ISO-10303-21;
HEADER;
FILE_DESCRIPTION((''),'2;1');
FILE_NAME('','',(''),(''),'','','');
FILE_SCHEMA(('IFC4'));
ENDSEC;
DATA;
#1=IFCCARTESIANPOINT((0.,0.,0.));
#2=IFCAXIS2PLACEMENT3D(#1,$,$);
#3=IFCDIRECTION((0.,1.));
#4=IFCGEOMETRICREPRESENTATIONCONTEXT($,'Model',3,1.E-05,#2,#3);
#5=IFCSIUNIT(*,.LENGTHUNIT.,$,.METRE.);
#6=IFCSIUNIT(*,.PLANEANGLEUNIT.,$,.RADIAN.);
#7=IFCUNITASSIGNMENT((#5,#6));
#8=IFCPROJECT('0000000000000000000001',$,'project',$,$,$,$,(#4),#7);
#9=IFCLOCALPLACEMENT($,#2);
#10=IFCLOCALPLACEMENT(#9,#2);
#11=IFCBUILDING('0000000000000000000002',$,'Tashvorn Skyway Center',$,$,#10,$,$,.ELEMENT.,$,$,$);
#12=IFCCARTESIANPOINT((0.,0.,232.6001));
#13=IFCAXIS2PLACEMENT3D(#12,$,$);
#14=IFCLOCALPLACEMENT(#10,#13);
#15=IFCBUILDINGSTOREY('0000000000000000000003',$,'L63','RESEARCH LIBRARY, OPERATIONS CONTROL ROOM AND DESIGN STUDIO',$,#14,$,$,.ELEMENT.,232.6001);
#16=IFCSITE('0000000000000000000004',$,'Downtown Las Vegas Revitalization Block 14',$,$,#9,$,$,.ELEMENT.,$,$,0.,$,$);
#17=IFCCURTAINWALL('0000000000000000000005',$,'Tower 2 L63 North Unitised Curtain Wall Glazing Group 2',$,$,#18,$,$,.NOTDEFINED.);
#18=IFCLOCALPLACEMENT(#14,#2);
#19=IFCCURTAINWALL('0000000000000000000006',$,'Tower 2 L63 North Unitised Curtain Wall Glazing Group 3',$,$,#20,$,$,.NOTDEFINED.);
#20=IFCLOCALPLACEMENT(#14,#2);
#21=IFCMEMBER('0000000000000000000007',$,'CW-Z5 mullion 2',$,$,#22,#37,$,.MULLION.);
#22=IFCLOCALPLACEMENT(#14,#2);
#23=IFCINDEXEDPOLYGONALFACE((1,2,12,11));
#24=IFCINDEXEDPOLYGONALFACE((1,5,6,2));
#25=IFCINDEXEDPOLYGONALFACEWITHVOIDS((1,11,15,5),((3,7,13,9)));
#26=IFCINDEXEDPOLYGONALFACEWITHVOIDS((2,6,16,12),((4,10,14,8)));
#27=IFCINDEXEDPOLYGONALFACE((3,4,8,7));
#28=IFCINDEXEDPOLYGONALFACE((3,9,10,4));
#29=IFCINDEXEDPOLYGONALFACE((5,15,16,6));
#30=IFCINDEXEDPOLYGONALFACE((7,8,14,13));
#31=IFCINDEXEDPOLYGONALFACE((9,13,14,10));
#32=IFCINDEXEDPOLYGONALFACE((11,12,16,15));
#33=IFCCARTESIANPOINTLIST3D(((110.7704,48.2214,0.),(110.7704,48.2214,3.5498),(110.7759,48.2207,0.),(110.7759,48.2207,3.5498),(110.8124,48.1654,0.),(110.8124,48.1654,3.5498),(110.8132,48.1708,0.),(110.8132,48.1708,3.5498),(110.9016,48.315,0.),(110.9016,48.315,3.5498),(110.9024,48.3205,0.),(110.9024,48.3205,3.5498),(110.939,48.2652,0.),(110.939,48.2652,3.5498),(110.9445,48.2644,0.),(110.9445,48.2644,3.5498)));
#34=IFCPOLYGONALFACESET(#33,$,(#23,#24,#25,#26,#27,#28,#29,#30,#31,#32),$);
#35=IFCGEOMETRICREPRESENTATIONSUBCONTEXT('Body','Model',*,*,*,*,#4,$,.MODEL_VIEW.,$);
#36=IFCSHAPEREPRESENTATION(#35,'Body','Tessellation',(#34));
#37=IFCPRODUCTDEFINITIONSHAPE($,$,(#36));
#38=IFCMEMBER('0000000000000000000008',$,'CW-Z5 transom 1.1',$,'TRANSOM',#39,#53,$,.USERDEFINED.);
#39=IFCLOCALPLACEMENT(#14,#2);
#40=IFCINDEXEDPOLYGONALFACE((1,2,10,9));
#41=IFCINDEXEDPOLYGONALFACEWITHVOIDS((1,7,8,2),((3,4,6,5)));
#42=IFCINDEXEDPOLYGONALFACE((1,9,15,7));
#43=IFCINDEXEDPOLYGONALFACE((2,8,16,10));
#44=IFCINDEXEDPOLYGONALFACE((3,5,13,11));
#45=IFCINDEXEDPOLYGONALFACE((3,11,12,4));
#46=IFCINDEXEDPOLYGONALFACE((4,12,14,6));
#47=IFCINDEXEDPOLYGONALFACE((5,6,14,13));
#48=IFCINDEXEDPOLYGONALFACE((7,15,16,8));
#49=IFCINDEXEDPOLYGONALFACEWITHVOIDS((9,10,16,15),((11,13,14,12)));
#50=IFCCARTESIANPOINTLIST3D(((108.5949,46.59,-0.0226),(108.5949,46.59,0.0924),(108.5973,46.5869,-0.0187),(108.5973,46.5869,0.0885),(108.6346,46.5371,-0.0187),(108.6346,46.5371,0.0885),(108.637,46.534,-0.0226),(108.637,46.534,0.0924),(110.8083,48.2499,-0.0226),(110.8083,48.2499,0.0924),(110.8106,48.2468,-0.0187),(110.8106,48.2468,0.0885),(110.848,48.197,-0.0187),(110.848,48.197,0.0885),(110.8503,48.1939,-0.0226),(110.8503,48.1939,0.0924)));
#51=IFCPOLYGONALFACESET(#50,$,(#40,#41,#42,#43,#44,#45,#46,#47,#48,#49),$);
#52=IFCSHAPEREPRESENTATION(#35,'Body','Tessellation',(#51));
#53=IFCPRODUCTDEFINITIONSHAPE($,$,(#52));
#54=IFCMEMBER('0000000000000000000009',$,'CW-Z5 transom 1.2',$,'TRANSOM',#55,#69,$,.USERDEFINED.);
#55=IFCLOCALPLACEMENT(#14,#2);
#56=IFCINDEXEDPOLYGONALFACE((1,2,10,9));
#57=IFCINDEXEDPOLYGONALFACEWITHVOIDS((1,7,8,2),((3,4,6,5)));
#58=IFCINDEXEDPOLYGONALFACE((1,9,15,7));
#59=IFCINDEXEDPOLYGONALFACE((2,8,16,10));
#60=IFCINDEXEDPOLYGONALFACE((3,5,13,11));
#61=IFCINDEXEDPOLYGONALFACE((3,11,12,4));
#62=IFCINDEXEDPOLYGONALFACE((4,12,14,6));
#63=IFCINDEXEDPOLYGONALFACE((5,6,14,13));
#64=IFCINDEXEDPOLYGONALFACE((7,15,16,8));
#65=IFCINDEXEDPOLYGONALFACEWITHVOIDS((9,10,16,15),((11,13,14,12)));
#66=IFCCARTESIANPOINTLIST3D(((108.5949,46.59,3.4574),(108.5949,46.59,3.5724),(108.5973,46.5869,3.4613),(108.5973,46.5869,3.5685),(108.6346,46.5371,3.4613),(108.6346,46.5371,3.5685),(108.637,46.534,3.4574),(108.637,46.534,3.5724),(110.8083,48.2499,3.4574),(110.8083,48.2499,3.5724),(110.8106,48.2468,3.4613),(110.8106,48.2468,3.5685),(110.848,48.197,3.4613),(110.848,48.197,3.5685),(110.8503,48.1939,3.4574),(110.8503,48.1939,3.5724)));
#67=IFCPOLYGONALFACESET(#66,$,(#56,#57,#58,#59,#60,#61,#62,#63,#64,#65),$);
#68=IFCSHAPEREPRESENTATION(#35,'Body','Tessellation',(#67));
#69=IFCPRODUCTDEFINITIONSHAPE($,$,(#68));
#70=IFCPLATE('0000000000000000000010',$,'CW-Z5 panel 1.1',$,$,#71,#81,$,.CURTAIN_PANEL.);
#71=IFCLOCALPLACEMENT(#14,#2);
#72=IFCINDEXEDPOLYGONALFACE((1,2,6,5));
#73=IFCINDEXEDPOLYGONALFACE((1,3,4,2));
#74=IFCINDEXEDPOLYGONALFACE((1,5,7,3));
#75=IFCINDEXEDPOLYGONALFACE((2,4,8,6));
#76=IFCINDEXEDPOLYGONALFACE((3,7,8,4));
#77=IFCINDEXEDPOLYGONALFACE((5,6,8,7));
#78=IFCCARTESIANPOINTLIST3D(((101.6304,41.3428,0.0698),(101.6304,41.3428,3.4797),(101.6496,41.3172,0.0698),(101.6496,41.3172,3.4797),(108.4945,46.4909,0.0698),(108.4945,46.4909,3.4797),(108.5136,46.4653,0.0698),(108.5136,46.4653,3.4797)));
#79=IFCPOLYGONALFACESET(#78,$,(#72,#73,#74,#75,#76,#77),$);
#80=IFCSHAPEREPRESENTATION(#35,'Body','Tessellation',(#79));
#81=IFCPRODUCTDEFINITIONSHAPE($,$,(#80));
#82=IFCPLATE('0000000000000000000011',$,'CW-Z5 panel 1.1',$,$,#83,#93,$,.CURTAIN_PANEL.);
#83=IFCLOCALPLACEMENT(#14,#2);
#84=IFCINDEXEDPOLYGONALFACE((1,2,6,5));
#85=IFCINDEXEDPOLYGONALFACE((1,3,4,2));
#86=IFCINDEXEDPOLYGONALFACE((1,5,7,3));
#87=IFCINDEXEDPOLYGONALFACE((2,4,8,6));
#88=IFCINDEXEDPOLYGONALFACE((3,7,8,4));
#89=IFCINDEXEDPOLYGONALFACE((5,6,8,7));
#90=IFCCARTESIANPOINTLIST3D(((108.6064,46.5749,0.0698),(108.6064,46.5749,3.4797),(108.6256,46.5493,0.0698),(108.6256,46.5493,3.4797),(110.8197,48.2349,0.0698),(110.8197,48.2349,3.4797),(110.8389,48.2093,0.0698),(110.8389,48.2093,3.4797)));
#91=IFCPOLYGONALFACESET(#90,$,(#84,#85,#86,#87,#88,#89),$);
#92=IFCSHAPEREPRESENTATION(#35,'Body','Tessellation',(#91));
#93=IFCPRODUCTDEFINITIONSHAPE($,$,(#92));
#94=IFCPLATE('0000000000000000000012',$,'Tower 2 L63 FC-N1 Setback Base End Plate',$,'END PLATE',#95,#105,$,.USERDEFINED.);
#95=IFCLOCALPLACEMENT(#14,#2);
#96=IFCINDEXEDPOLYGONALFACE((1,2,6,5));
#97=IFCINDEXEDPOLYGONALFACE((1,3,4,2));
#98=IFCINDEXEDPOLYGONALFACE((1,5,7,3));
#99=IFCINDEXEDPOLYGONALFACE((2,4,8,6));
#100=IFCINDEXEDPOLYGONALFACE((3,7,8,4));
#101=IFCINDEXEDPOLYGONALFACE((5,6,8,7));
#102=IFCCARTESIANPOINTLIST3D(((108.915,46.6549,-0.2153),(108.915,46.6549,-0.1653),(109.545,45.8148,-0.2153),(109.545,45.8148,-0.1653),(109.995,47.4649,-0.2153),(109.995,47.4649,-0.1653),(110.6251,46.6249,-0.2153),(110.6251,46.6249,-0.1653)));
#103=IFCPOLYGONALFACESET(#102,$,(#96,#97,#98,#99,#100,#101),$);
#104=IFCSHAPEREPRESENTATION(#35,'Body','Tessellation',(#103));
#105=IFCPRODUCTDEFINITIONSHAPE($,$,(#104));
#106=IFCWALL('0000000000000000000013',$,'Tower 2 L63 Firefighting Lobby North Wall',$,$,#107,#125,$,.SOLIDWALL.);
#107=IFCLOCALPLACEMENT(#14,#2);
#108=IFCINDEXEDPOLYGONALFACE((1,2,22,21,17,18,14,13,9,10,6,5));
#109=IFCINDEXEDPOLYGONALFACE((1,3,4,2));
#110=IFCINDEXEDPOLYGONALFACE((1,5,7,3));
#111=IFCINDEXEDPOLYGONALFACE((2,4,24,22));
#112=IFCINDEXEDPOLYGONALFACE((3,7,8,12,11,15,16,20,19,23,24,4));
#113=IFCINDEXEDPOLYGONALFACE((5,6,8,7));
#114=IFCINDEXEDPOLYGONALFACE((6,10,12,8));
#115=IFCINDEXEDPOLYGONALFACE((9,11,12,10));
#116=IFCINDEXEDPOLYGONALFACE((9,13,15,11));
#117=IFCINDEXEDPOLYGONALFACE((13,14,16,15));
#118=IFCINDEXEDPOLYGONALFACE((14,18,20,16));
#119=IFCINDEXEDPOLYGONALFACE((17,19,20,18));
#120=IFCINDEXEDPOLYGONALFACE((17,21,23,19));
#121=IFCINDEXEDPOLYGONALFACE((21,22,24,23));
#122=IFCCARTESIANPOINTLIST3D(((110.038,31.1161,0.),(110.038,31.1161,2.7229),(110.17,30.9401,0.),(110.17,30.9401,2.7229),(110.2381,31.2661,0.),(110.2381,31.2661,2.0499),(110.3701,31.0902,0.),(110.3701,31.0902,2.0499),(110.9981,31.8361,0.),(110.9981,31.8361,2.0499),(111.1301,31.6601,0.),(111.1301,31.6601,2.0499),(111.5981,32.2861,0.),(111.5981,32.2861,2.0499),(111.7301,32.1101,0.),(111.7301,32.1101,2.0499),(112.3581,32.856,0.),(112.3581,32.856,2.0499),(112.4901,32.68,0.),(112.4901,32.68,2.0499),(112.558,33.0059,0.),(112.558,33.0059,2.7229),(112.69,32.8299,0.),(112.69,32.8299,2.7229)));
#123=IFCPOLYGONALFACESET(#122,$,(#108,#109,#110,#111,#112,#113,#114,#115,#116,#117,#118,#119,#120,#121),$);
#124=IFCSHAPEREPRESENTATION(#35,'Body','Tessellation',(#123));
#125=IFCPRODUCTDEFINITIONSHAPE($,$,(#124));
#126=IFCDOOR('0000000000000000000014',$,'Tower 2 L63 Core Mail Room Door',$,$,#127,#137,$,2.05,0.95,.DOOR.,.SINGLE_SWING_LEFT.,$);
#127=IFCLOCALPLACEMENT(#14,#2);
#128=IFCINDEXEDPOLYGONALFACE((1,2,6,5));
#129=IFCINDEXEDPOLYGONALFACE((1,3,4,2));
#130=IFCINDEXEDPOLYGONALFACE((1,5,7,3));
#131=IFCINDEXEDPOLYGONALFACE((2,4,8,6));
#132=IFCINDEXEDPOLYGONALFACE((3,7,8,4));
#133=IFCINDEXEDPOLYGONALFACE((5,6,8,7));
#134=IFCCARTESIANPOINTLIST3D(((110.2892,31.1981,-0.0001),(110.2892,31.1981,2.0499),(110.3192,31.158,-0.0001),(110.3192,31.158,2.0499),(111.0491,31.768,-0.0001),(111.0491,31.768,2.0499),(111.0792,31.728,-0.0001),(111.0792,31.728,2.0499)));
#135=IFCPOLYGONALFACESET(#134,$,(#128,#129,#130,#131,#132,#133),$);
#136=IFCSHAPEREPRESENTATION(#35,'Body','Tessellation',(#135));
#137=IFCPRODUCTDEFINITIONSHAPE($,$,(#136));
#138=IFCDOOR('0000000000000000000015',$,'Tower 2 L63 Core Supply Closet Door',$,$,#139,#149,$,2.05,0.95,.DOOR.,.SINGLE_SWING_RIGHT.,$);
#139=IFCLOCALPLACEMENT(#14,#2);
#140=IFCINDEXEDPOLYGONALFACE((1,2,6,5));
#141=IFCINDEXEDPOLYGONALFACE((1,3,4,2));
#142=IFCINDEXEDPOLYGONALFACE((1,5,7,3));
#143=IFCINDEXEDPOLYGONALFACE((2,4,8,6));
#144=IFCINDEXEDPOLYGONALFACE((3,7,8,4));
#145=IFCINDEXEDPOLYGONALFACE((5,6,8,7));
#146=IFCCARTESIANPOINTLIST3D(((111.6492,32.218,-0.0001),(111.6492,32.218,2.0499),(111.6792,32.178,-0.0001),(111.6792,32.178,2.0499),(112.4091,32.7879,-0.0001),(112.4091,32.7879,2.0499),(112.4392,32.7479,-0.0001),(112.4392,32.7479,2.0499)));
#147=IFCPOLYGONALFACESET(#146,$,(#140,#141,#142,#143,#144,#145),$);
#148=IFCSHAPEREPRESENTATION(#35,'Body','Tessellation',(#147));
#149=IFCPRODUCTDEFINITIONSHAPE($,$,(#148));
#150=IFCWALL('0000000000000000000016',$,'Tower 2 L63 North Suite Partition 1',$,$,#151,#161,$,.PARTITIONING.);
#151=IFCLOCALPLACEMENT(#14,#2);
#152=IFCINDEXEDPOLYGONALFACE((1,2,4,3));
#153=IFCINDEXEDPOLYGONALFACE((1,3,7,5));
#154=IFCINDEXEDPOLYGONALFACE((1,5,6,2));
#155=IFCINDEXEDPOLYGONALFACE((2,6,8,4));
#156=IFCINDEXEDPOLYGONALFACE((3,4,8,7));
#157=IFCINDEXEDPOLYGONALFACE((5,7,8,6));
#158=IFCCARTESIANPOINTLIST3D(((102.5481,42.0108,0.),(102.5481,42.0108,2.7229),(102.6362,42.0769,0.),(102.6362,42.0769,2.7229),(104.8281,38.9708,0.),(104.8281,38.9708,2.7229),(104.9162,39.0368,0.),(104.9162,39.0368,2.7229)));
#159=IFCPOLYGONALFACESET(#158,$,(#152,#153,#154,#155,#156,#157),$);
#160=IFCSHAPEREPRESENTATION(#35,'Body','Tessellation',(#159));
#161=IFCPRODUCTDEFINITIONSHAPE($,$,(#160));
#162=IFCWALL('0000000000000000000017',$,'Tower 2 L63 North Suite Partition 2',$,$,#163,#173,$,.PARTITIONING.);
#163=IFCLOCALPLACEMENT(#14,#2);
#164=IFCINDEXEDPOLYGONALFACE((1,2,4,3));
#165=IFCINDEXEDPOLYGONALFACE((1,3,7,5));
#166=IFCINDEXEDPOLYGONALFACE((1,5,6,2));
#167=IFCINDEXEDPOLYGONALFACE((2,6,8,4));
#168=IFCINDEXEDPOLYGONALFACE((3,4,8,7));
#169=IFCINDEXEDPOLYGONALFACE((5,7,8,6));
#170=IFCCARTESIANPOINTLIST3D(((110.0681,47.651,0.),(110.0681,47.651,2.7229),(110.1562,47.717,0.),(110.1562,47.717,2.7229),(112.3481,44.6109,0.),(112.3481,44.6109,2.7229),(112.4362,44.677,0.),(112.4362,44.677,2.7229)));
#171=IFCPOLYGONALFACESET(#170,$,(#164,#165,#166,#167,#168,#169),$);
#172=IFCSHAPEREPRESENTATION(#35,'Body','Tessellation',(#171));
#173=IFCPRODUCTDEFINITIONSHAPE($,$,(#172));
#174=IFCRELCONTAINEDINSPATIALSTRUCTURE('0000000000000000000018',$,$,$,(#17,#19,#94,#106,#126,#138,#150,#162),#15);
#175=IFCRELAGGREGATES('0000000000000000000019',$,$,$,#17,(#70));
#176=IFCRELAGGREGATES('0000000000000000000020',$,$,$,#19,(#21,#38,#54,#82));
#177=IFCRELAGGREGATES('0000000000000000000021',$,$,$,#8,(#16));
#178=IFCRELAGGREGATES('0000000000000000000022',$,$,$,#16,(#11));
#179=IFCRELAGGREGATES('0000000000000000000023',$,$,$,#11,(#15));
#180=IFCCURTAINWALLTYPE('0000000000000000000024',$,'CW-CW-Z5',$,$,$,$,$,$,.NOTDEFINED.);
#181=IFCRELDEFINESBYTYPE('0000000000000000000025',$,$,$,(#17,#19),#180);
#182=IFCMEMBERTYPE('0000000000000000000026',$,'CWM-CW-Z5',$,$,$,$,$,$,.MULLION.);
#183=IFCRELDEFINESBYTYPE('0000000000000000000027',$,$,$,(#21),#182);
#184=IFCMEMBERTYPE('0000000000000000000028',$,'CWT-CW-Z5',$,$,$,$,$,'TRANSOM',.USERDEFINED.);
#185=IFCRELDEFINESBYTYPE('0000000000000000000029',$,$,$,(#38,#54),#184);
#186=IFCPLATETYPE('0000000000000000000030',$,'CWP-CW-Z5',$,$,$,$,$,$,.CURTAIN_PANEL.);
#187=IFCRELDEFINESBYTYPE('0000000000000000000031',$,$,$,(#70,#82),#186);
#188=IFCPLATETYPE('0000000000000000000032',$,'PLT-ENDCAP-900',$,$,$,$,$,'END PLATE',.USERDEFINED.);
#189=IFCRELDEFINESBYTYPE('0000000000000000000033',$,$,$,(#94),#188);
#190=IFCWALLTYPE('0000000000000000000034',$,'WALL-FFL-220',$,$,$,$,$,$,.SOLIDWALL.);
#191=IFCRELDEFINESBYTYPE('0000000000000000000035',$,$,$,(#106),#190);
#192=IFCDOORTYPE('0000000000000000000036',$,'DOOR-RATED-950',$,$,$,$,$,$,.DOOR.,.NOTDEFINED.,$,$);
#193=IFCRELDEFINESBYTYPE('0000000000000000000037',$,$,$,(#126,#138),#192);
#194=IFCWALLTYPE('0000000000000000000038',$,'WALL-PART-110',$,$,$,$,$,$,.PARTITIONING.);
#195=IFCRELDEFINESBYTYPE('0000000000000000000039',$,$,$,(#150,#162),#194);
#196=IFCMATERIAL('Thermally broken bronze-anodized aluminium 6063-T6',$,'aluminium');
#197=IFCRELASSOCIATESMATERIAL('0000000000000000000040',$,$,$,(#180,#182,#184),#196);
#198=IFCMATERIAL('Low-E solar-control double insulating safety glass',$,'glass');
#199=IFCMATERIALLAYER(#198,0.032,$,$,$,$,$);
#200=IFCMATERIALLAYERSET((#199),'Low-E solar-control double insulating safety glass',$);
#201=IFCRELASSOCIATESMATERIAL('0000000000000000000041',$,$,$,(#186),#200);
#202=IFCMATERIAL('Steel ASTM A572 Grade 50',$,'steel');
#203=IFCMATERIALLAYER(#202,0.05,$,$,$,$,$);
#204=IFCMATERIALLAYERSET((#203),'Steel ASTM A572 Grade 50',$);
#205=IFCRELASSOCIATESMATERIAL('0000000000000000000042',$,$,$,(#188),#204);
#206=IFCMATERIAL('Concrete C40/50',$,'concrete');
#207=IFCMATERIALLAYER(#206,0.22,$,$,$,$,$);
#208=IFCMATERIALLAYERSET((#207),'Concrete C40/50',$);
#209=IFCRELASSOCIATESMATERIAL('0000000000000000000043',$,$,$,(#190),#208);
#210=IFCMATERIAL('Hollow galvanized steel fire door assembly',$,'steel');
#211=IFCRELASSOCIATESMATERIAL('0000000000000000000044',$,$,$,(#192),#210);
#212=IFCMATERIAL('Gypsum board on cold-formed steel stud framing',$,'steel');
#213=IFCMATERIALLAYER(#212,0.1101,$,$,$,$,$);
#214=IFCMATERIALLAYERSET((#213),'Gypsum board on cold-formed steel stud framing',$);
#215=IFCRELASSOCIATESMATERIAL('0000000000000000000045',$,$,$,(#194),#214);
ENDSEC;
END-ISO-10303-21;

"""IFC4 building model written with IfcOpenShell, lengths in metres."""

from ifc_helpers import new_model, si_unit, direction, frame, frame_2d, origin, origin_2d, place, context, subcontext, project, spatial, rectangle, hollow_rectangle, extrude, material, layer, layer_set, material_profile, profile_set, type_object, element, fill, aggregate, save


model = new_model("IFC4")

# Units and contexts
model_context = context("Model", 3, precision=1e-05, world=origin(), true_north=direction((0.0, 1.0)))
body_context = subcontext(model_context, "Body", "Model", "MODEL_VIEW")
ifc_project = project(units=[si_unit("LENGTHUNIT", "METRE"), si_unit("PLANEANGLEUNIT", "RADIAN")], contexts=[model_context])

# Site, building, storey
site_placement = place(None, origin())
site = spatial("IfcSite", under=ifc_project, at=site_placement, Name="Downtown Las Vegas Revitalization Block 14", CompositionType="ELEMENT", RefElevation=0.0)
building_placement = place(site_placement, origin())
building = spatial("IfcBuilding", under=site, at=building_placement, Name="Tashvorn Skyway Center", CompositionType="ELEMENT")
storey_placement = place(building_placement, frame((0.0, 0.0, 232.6001)))
storey = spatial("IfcBuildingStorey", under=building, at=storey_placement, Name="L63", Description="RESEARCH LIBRARY, OPERATIONS CONTROL ROOM AND DESIGN STUDIO", CompositionType="ELEMENT", Elevation=232.6001)

# Shared definitions
ifc_material_1 = material(Name="Steel ASTM A572 Grade 50", Category="steel")

# Curtain wall
ifc_material_2 = material(Name="Thermally broken bronze-anodized aluminium 6063-T6", Category="aluminium")
curtain_wall_type = type_object("IfcCurtainWallType", Name="CW-CW-Z5", PredefinedType="NOTDEFINED", material=ifc_material_2)
curtain_wall_1_placement = place(storey_placement, origin())
curtain_wall_1 = element("IfcCurtainWall", 1, at=curtain_wall_1_placement, inside=storey, type_object=curtain_wall_type, Name="Tower 2 L63 North Unitised Curtain Wall Glazing Group 2", PredefinedType="NOTDEFINED")
ifc_material_profile_1 = material_profile(ifc_material_2, hollow_rectangle(XDim=0.0701, YDim=0.165, WallThickness=0.0039, at=origin_2d()), Name="ALU-MULL-70x165")
ifc_profile_set_1 = profile_set([ifc_material_profile_1], Name="Thermally broken bronze-anodized aluminium 6063-T6")
member_type_1 = type_object("IfcMemberType", Name="CWM-CW-Z5", PredefinedType="MULLION", material=ifc_profile_set_1)

# Curtain wall, members
curtain_wall_2_placement = place(storey_placement, origin())
curtain_wall_2 = element("IfcCurtainWall", 2, at=curtain_wall_2_placement, inside=storey, type_object=curtain_wall_type, Name="Tower 2 L63 North Unitised Curtain Wall Glazing Group 3", PredefinedType="NOTDEFINED")
member_1_placement = place(storey_placement, frame((110.8574, 48.2429, 0.0), z_axis=(0.0, 0.0, 1.0), x_axis=(-0.600006, 0.799996, 0.0)))
member_1 = element("IfcMember", 3, at=member_1_placement, type_object=member_type_1, Name="CW-Z5 mullion 2", PredefinedType="MULLION", context=body_context, shape_type="SweptSolid", body=[
    extrude(hollow_rectangle(XDim=0.0701, YDim=0.165, WallThickness=0.0039, at=origin_2d()), origin(), (0.0, 0.0, 1.0), 3.5498),
])
ifc_material_profile_2 = material_profile(ifc_material_2, hollow_rectangle(XDim=0.0701, YDim=0.115, WallThickness=0.0039, at=origin_2d()), Name="ALU-TRAN-70x115")
ifc_profile_set_2 = profile_set([ifc_material_profile_2], Name="Thermally broken bronze-anodized aluminium 6063-T6")
member_type_2 = type_object("IfcMemberType", Name="CWT-CW-Z5", ElementType="TRANSOM", PredefinedType="USERDEFINED", material=ifc_profile_set_2)
member_2_placement = place(storey_placement, frame((108.616, 46.562, 0.0349), z_axis=(0.800021, 0.599972, 0.0), x_axis=(-0.599972, 0.800021, 0.0)))
member_2 = element("IfcMember", 4, at=member_2_placement, type_object=member_type_2, Name="CW-Z5 transom 1.1", ObjectType="TRANSOM", PredefinedType="USERDEFINED", context=body_context, shape_type="SweptSolid", body=[
    extrude(hollow_rectangle(XDim=0.0701, YDim=0.115, WallThickness=0.0039, at=origin_2d()), origin(), (0.0, 0.0, 1.0), 2.7666),
])
member_3_placement = place(storey_placement, frame((108.616, 46.562, 3.5149), z_axis=(0.800021, 0.599972, 0.0), x_axis=(-0.599972, 0.800021, 0.0)))
member_3 = element("IfcMember", 5, at=member_3_placement, type_object=member_type_2, Name="CW-Z5 transom 1.2", ObjectType="TRANSOM", PredefinedType="USERDEFINED", context=body_context, shape_type="SweptSolid", body=[
    extrude(hollow_rectangle(XDim=0.0701, YDim=0.115, WallThickness=0.0039, at=origin_2d()), origin(), (0.0, 0.0, 1.0), 2.7666),
])

# Plates
ifc_material_3 = material(Name="Low-E solar-control double insulating safety glass", Category="glass")
ifc_layer_1 = layer(ifc_material_3, 0.032)
ifc_layer_set_1 = layer_set([ifc_layer_1], Name="Low-E solar-control double insulating safety glass")
plate_type_1 = type_object("IfcPlateType", Name="CWP-CW-Z5", PredefinedType="CURTAIN_PANEL", material=ifc_layer_set_1)
plate_1_placement = place(storey_placement, frame((105.072, 43.9041, 0.0698), z_axis=(0.0, 0.0, 1.0), x_axis=(0.8, 0.6, 0.0)))
plate_1 = element("IfcPlate", 6, at=plate_1_placement, type_object=plate_type_1, Name="CW-Z5 panel 1.1", PredefinedType="CURTAIN_PANEL", context=body_context, shape_type="SweptSolid", body=[
    extrude(rectangle(XDim=8.5801, YDim=0.032, at=origin_2d()), origin(), (0.0, 0.0, 1.0), 3.4099),
])
aggregate(curtain_wall_1, [plate_1])
plate_2_placement = place(storey_placement, frame((109.7227, 47.3921, 0.0698), z_axis=(0.0, 0.0, 1.0), x_axis=(0.799996, 0.600006, 0.0)))
plate_2 = element("IfcPlate", 7, at=plate_2_placement, type_object=plate_type_1, Name="CW-Z5 panel 1.1", PredefinedType="CURTAIN_PANEL", context=body_context, shape_type="SweptSolid", body=[
    extrude(rectangle(XDim=2.7666, YDim=0.032, at=origin_2d()), origin(), (0.0, 0.0, 1.0), 3.4099),
])
aggregate(curtain_wall_2, [member_1, member_2, member_3, plate_2])
ifc_layer_2 = layer(ifc_material_1, 0.05)
ifc_layer_set_2 = layer_set([ifc_layer_2], Name="Steel ASTM A572 Grade 50")
plate_type_2 = type_object("IfcPlateType", Name="PLT-ENDCAP-900", ElementType="END PLATE", PredefinedType="USERDEFINED", material=ifc_layer_set_2)
plate_3_placement = place(storey_placement, frame((109.77, 46.6399, -0.2153), z_axis=(0.0, 0.0, 1.0), x_axis=(0.8, 0.6, 0.0)))
element("IfcPlate", 8, at=plate_3_placement, inside=storey, type_object=plate_type_2, Name="Tower 2 L63 FC-N1 Setback Base End Plate", ObjectType="END PLATE", PredefinedType="USERDEFINED", context=body_context, shape_type="SweptSolid", body=[
    extrude(rectangle(XDim=1.3501, YDim=1.05, at=origin_2d()), origin(), (0.0, 0.0, 1.0), 0.05),
])

# Wall, openings, doors
ifc_material_4 = material(Name="Concrete C40/50", Category="concrete")
ifc_layer_3 = layer(ifc_material_4, 0.22)
ifc_layer_set_3 = layer_set([ifc_layer_3], Name="Concrete C40/50")
wall_type_1 = type_object("IfcWallType", Name="WALL-FFL-220", PredefinedType="SOLIDWALL", material=ifc_layer_set_3)
wall_1_placement = place(storey_placement, frame((110.104, 31.0281, 0.0), z_axis=(0.0, 0.0, 1.0), x_axis=(0.800019, 0.599975, 0.0)))
wall_1 = element("IfcWall", 9, at=wall_1_placement, inside=storey, type_object=wall_type_1, Name="Tower 2 L63 Firefighting Lobby North Wall", PredefinedType="SOLIDWALL", context=body_context, shape_type="SweptSolid", body=[
    extrude(rectangle(XDim=3.1499, YDim=0.22, at=frame_2d((1.575, 0.0))), origin(), (0.0, 0.0, 1.0), 2.7229),
])
opening_1_placement = place(wall_1_placement, frame((0.25, 0.0, 0.0)))
opening_1 = element("IfcOpeningElement", 10, at=opening_1_placement, cuts=wall_1, PredefinedType="OPENING", context=body_context, shape_type="SweptSolid", body=[
    extrude(rectangle(XDim=0.95, YDim=2.05, at=frame_2d((0.4751, 1.0249))), frame((0.0, 0.1199, 0.0), z_axis=(0.0, -1.0, 0.0), x_axis=(1.0, 0.0, 0.0)), (0.0, 0.0, 1.0), 0.24),
])
opening_2_placement = place(wall_1_placement, frame((1.95, 0.0, 0.0)))
opening_2 = element("IfcOpeningElement", 11, at=opening_2_placement, cuts=wall_1, PredefinedType="OPENING", context=body_context, shape_type="SweptSolid", body=[
    extrude(rectangle(XDim=0.95, YDim=2.05, at=frame_2d((0.4751, 1.0249))), frame((0.0, 0.1199, 0.0), z_axis=(0.0, -1.0, 0.0), x_axis=(1.0, 0.0, 0.0)), (0.0, 0.0, 1.0), 0.24),
])
ifc_material_5 = material(Name="Hollow galvanized steel fire door assembly", Category="steel")
door_type = type_object("IfcDoorType", Name="DOOR-RATED-950", OperationType="NOTDEFINED", PredefinedType="DOOR", material=ifc_material_5)
door_1_placement = place(opening_1_placement, origin())
door_1 = element("IfcDoor", 12, at=door_1_placement, inside=storey, type_object=door_type, Name="Tower 2 L63 Core Mail Room Door", OperationType="SINGLE_SWING_LEFT", OverallHeight=2.05, OverallWidth=0.95, PredefinedType="DOOR", context=body_context, shape_type="SweptSolid", body=[
    extrude(rectangle(XDim=0.95, YDim=2.05, at=frame_2d((0.4751, 1.0249))), frame((0.0, 0.0249, 0.0), z_axis=(0.0, -1.0, 0.0), x_axis=(1.0, 0.0, 0.0)), (0.0, 0.0, 1.0), 0.05),
])
fill(opening_1, door_1)
door_2_placement = place(opening_2_placement, origin())
door_2 = element("IfcDoor", 13, at=door_2_placement, inside=storey, type_object=door_type, Name="Tower 2 L63 Core Supply Closet Door", OperationType="SINGLE_SWING_RIGHT", OverallHeight=2.05, OverallWidth=0.95, PredefinedType="DOOR", context=body_context, shape_type="SweptSolid", body=[
    extrude(rectangle(XDim=0.95, YDim=2.05, at=frame_2d((0.4751, 1.0249))), frame((0.0, 0.0249, 0.0), z_axis=(0.0, -1.0, 0.0), x_axis=(1.0, 0.0, 0.0)), (0.0, 0.0, 1.0), 0.05),
])
fill(opening_2, door_2)

# Walls
ifc_material_6 = material(Name="Gypsum board on cold-formed steel stud framing", Category="steel")
ifc_layer_4 = layer(ifc_material_6, 0.1101)
ifc_layer_set_4 = layer_set([ifc_layer_4], Name="Gypsum board on cold-formed steel stud framing")
wall_type_2 = type_object("IfcWallType", Name="WALL-PART-110", PredefinedType="PARTITIONING", material=ifc_layer_set_4)
for number, where, z_axis, x_axis, name in (
    (14, (104.8721, 39.0039, 0.0), (0.0, 0.0, 1.0), (-0.6, 0.8, 0.0), "Tower 2 L63 North Suite Partition 1"),
    (15, (112.3921, 44.644, 0.0), (0.0, 0.0, 1.0), (-0.6, 0.8, 0.0), "Tower 2 L63 North Suite Partition 2"),
):
    element("IfcWall", number, at=place(storey_placement, frame(where, z_axis=z_axis, x_axis=x_axis)), inside=storey, type_object=wall_type_2, Name=name, PredefinedType="PARTITIONING", context=body_context, shape_type="SweptSolid", body=[
        extrude(rectangle(XDim=3.8, YDim=0.1101, at=frame_2d((1.8999, 0.0))), origin(), (0.0, 0.0, 1.0), 2.7229),
    ])

save(model, "model.ifc")
